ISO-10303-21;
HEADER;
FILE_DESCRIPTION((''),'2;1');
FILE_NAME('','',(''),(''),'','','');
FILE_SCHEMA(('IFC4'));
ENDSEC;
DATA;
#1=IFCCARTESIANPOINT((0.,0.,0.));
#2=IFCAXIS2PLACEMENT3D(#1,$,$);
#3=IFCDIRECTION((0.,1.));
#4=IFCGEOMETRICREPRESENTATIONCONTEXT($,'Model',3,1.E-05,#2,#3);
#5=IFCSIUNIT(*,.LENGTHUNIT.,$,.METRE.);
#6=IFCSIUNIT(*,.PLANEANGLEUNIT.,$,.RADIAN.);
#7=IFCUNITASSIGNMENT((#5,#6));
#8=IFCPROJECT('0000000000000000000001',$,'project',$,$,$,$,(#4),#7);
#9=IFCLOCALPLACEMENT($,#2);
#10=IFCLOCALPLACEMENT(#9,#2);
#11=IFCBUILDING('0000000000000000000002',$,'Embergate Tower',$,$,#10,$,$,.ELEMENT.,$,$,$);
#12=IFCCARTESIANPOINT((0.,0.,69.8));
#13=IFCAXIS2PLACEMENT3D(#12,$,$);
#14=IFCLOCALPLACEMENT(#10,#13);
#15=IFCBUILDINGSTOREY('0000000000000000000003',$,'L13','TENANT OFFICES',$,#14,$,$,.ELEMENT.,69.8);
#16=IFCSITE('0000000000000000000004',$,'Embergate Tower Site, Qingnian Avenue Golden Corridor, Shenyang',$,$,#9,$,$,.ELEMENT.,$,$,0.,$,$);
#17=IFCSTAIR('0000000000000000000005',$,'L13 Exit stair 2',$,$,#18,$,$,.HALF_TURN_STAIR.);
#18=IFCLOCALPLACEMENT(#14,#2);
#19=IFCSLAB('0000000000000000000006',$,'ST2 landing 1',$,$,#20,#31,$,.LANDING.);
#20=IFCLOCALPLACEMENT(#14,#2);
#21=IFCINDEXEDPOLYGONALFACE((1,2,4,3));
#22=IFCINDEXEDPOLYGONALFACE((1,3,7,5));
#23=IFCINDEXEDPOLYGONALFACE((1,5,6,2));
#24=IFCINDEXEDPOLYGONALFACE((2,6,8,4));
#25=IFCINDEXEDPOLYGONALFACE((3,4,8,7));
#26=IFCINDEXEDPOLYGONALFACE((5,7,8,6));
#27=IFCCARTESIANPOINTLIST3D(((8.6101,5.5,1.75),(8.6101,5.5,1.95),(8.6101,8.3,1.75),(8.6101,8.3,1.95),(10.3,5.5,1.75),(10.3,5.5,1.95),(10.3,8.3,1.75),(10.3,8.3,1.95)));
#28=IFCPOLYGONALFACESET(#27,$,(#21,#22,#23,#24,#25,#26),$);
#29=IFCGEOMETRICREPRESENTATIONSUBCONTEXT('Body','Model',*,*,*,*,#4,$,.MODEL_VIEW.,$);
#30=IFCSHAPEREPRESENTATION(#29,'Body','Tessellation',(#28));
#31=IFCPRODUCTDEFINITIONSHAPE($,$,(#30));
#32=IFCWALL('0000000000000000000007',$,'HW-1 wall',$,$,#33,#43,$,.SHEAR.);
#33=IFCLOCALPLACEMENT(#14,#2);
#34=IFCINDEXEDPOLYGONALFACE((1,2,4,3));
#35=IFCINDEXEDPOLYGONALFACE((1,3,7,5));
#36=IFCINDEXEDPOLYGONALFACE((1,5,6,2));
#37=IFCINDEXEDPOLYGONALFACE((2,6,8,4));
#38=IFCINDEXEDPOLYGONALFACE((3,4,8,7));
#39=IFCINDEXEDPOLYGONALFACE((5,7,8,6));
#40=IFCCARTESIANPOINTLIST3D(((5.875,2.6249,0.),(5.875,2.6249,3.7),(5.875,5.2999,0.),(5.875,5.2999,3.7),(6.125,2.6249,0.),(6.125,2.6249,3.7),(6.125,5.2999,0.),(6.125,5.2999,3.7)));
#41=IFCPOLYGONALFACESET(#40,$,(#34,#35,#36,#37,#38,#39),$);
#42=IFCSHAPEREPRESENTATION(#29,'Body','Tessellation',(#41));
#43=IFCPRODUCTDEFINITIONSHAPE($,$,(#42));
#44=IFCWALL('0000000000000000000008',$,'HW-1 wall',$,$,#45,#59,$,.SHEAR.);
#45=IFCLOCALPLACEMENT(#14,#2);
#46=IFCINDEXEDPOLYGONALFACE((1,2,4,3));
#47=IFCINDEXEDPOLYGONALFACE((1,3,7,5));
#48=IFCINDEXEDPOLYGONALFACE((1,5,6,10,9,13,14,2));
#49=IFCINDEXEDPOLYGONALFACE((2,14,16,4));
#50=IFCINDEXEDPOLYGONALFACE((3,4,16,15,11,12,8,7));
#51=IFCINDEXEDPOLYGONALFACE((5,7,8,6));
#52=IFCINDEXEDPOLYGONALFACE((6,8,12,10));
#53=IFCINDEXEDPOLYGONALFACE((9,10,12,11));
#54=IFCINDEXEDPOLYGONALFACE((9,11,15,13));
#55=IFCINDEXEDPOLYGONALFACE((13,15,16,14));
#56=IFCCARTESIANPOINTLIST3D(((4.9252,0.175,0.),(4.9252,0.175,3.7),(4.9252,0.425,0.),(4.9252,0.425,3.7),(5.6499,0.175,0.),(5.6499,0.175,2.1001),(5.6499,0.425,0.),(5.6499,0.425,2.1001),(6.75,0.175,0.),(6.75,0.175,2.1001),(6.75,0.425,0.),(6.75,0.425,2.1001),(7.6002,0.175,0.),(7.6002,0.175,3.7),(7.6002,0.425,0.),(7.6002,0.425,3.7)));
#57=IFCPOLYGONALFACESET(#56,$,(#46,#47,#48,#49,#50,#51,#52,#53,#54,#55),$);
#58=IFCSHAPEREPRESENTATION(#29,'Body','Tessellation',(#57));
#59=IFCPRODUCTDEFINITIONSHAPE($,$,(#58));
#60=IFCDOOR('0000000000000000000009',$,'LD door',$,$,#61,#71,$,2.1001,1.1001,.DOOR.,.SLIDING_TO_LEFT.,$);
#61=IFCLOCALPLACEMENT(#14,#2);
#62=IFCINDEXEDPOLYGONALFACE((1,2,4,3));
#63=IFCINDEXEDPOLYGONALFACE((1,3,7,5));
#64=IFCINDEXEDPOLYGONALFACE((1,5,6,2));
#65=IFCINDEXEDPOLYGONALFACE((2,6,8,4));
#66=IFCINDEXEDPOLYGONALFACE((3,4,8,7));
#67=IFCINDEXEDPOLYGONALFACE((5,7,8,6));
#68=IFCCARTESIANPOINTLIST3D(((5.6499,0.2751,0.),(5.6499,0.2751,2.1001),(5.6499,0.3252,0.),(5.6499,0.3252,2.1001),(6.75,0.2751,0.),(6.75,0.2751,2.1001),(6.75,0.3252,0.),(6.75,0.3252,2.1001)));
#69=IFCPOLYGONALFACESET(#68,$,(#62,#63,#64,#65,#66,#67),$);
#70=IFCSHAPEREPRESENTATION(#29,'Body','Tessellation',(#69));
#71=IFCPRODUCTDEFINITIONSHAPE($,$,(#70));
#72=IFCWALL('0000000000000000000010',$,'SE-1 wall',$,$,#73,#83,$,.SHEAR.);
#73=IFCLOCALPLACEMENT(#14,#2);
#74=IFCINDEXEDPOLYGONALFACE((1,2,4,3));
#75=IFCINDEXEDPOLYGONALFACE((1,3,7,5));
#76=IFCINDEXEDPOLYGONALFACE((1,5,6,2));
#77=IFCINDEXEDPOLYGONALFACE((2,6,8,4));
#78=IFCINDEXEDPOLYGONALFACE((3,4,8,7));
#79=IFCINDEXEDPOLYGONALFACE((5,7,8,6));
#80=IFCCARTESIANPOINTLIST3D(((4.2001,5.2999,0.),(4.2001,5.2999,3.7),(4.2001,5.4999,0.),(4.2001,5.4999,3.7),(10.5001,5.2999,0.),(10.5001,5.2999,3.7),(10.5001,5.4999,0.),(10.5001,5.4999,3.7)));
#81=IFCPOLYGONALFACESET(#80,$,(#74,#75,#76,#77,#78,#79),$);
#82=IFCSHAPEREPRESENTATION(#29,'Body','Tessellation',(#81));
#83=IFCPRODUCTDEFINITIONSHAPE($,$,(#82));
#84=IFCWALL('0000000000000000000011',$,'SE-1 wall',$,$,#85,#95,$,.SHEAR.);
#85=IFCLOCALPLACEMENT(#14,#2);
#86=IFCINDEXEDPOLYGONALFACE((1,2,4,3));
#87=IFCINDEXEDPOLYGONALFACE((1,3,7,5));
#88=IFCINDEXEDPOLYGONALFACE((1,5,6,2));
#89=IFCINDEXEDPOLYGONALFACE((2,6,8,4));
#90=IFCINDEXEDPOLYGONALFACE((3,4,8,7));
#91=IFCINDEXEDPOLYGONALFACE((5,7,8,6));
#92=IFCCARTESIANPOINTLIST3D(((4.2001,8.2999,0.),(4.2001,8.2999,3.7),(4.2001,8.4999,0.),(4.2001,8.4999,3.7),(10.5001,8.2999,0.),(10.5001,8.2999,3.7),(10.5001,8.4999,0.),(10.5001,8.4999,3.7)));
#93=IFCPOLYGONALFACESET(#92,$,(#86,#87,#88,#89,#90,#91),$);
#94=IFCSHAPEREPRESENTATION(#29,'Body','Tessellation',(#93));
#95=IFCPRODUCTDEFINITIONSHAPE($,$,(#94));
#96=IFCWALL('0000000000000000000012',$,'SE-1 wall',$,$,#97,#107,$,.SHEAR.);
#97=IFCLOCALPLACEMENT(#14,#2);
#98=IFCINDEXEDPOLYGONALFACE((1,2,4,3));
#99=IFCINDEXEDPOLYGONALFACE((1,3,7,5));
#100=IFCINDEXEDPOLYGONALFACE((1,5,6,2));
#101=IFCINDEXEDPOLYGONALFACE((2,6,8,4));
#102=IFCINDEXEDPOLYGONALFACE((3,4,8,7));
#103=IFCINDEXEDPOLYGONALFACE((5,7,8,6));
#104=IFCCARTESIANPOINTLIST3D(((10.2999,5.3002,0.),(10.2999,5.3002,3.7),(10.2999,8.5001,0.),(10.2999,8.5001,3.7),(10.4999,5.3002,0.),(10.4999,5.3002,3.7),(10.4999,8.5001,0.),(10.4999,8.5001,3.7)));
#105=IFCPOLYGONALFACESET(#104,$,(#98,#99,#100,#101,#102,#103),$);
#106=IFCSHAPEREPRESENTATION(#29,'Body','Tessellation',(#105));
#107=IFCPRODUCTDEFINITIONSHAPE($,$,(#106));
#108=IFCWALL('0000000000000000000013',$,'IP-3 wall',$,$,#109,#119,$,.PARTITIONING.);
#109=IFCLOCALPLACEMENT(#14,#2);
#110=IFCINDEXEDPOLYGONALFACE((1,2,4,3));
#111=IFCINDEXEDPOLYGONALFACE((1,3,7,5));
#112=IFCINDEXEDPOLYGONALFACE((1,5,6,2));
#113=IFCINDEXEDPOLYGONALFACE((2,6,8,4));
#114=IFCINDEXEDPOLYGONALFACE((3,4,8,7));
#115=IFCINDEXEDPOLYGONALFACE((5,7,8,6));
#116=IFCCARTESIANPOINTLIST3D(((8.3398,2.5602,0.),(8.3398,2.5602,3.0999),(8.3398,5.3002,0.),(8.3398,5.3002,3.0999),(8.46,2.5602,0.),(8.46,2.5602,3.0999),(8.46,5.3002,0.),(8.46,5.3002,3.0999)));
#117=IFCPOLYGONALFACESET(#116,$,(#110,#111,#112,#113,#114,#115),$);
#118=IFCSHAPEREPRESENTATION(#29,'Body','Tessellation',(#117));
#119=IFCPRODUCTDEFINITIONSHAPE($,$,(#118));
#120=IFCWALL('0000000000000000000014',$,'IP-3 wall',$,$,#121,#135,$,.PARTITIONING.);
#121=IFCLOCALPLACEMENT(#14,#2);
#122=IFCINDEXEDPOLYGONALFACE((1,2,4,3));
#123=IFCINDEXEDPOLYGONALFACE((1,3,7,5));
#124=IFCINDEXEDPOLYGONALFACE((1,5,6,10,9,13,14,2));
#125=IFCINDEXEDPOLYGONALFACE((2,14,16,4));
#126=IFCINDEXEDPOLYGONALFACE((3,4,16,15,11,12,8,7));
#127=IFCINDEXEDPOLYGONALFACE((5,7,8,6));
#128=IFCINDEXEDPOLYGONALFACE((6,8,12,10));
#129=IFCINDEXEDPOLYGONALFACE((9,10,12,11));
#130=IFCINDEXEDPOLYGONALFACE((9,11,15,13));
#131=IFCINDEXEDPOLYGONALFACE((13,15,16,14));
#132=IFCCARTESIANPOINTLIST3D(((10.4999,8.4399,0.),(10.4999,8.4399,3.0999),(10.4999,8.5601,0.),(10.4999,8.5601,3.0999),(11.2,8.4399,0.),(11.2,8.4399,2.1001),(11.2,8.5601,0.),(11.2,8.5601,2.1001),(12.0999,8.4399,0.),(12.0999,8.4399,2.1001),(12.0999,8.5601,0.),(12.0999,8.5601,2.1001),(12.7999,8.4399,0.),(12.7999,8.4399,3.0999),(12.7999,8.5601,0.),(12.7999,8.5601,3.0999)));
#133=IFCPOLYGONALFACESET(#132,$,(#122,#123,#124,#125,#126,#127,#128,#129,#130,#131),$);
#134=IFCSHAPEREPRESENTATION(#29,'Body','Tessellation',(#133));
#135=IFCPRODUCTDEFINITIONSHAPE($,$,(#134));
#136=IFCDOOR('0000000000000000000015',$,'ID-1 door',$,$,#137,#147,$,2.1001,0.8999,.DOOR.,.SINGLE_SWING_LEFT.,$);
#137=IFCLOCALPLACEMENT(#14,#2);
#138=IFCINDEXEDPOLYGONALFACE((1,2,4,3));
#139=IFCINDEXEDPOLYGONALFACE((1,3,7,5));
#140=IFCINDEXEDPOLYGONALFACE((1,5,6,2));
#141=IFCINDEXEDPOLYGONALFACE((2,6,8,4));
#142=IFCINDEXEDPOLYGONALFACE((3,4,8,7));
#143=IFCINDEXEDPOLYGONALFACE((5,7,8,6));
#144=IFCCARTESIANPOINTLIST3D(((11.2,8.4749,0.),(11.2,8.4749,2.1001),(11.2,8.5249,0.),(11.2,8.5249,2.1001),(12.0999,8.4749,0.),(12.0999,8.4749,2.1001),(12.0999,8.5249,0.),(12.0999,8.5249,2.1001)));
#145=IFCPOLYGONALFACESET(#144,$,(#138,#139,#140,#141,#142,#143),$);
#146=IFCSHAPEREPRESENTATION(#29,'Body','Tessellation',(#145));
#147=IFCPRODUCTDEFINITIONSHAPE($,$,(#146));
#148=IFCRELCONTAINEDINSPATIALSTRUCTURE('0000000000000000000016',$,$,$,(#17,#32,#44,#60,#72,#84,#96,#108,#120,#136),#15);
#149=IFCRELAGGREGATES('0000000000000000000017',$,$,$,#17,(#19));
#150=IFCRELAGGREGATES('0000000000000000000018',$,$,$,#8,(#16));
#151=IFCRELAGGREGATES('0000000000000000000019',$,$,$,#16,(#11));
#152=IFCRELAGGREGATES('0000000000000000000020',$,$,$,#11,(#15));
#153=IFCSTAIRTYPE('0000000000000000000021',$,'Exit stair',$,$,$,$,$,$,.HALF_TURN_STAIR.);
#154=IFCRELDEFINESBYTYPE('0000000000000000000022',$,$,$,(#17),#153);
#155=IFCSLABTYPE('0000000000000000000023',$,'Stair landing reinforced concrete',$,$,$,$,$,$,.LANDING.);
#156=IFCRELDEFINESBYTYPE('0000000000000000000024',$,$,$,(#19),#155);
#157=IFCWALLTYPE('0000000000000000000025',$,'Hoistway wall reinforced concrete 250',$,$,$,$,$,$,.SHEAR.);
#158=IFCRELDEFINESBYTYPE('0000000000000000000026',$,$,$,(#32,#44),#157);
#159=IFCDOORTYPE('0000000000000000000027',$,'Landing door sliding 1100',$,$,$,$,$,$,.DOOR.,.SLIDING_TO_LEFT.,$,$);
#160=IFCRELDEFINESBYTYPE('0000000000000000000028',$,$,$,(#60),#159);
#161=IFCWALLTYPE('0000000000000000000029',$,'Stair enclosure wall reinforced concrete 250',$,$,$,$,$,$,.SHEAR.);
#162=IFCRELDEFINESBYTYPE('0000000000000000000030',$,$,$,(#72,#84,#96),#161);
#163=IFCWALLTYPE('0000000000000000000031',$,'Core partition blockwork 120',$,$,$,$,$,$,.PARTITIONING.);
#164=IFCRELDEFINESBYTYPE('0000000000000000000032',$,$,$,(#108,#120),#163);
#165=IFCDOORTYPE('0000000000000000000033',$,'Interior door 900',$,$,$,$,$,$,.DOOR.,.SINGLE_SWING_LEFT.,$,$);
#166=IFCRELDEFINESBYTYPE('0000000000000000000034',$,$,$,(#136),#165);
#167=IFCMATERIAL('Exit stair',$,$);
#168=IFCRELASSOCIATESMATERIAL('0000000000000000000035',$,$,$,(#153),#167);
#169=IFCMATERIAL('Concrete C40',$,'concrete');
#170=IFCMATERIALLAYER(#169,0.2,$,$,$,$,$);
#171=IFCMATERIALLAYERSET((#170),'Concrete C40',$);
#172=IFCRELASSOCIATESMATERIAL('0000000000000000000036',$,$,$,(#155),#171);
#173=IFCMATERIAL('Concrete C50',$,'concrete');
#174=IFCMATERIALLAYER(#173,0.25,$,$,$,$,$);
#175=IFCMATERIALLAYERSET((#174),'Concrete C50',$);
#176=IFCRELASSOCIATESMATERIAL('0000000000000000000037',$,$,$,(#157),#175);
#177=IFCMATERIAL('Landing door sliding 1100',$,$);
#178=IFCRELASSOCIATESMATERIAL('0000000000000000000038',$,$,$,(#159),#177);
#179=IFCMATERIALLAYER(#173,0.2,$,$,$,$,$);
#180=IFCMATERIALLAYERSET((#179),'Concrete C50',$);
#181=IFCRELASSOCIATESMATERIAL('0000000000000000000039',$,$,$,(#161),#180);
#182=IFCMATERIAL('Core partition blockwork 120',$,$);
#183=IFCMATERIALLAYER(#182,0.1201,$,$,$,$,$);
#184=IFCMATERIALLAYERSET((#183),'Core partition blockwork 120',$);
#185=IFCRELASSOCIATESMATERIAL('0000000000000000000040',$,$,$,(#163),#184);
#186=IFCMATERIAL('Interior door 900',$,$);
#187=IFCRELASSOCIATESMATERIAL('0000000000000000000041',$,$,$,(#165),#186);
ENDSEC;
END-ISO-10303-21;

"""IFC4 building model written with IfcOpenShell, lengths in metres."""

from ifc_helpers import new_model, si_unit, direction, frame, frame_2d, origin, place, context, subcontext, project, spatial, polyline, rectangle, outline, extrude, source, transform, mapped, material, layer, layer_set, type_object, element, fill, aggregate, save


model = new_model("IFC4")

# Units and contexts
model_context = context("Model", 3, precision=1e-05, world=origin(), true_north=direction((0.0, 1.0)))
body_context = subcontext(model_context, "Body", "Model", "MODEL_VIEW")
ifc_project = project(units=[si_unit("LENGTHUNIT", "METRE"), si_unit("PLANEANGLEUNIT", "RADIAN")], contexts=[model_context])

# Site, building, storey
site_placement = place(None, origin())
site = spatial("IfcSite", under=ifc_project, at=site_placement, Name="Embergate Tower Site, Qingnian Avenue Golden Corridor, Shenyang", CompositionType="ELEMENT", RefElevation=0.0)
building_placement = place(site_placement, origin())
building = spatial("IfcBuilding", under=site, at=building_placement, Name="Embergate Tower", CompositionType="ELEMENT")
storey_placement = place(building_placement, frame((0.0, 0.0, 69.8)))
storey = spatial("IfcBuildingStorey", under=building, at=storey_placement, Name="L13", Description="TENANT OFFICES", CompositionType="ELEMENT", Elevation=69.8)

# Stair, slab
ifc_material_1 = material(Name="Exit stair")
stair_type = type_object("IfcStairType", Name="Exit stair", PredefinedType="HALF_TURN_STAIR", material=ifc_material_1)
stair_placement = place(storey_placement, origin())
stair = element("IfcStair", 1, at=stair_placement, inside=storey, type_object=stair_type, Name="L13 Exit stair 2", PredefinedType="HALF_TURN_STAIR")
ifc_material_2 = material(Name="Concrete C40", Category="concrete")
ifc_layer_1 = layer(ifc_material_2, 0.2)
ifc_layer_set_1 = layer_set([ifc_layer_1], Name="Concrete C40")
slab_type = type_object("IfcSlabType", Name="Stair landing reinforced concrete", PredefinedType="LANDING", material=ifc_layer_set_1)
shared_shape_1 = source(origin(), body_context, "Body", "SweptSolid", [
    extrude(outline(polyline([(0.0, 0.0), (1.6899, 0.0), (1.6899, 2.8), (0.0, 2.8), (0.0, 0.0)])), origin(), (0.0, 0.0, 1.0), 0.2),
])
slab_placement = place(storey_placement, frame((8.6101, 5.5, 1.75)))
slab = element("IfcSlab", 2, at=slab_placement, type_object=slab_type, Name="ST2 landing 1", PredefinedType="LANDING", context=body_context, shape_type="MappedRepresentation", body=[
    mapped(shared_shape_1, transform((0.0, 0.0, 0.0))),
])

# Wall
ifc_material_3 = material(Name="Concrete C50", Category="concrete")
ifc_layer_2 = layer(ifc_material_3, 0.25)
ifc_layer_set_2 = layer_set([ifc_layer_2], Name="Concrete C50")
wall_type_1 = type_object("IfcWallType", Name="Hoistway wall reinforced concrete 250", PredefinedType="SHEAR", material=ifc_layer_set_2)
shared_shape_2 = source(origin(), body_context, "Body", "SweptSolid", [
    extrude(rectangle(XDim=2.675, YDim=0.25, at=frame_2d((1.3374, 0.0))), origin(), (0.0, 0.0, 1.0), 3.7),
])
wall_1_placement = place(storey_placement, frame((6.0, 2.625, 0.0), z_axis=(0.0, 0.0, 1.0), x_axis=(0.0, 1.0, 0.0)))
element("IfcWall", 3, at=wall_1_placement, inside=storey, type_object=wall_type_1, Name="HW-1 wall", PredefinedType="SHEAR", context=body_context, shape_type="MappedRepresentation", body=[
    mapped(shared_shape_2, transform((0.0, 0.0, 0.0))),
])

# Wall, opening, door
wall_2_placement = place(storey_placement, frame((7.6001, 0.3, 0.0), z_axis=(0.0, 0.0, 1.0), x_axis=(-1.0, 0.0, 0.0)))
wall_2 = element("IfcWall", 4, at=wall_2_placement, inside=storey, type_object=wall_type_1, Name="HW-1 wall", PredefinedType="SHEAR", context=body_context, shape_type="MappedRepresentation", body=[
    mapped(shared_shape_2, transform((0.0, 0.0, 0.0))),
])
shared_shape_3 = source(origin(), body_context, "Body", "SweptSolid", [
    extrude(rectangle(XDim=1.1001, YDim=2.1001, at=frame_2d((0.55, 1.05))), frame((0.0, 0.135, 0.0), z_axis=(0.0, -1.0, 0.0), x_axis=(1.0, 0.0, 0.0)), (0.0, 0.0, 1.0), 0.27),
])
opening_1_placement = place(wall_2_placement, frame((0.8501, 0.0, 0.0)))
opening_1 = element("IfcOpeningElement", 5, at=opening_1_placement, cuts=wall_2, PredefinedType="OPENING", context=body_context, shape_type="MappedRepresentation", body=[
    mapped(shared_shape_3, transform((0.0, 0.0, 0.0))),
])
ifc_material_4 = material(Name="Landing door sliding 1100")
door_type_1 = type_object("IfcDoorType", Name="Landing door sliding 1100", OperationType="SLIDING_TO_LEFT", PredefinedType="DOOR", material=ifc_material_4)
shared_shape_4 = source(origin(), body_context, "Body", "SweptSolid", [
    extrude(rectangle(XDim=1.1001, YDim=2.1001, at=frame_2d((0.55, 1.05))), frame((0.0, 0.0249, 0.0), z_axis=(0.0, -1.0, 0.0), x_axis=(1.0, 0.0, 0.0)), (0.0, 0.0, 1.0), 0.05),
])
door_1_placement = place(opening_1_placement, origin())
door_1 = element("IfcDoor", 6, at=door_1_placement, inside=storey, type_object=door_type_1, Name="LD door", OperationType="SLIDING_TO_LEFT", OverallHeight=2.1001, OverallWidth=1.1001, PredefinedType="DOOR", context=body_context, shape_type="MappedRepresentation", body=[
    mapped(shared_shape_4, transform((0.0, 0.0, 0.0))),
])
fill(opening_1, door_1)

# Walls
ifc_layer_3 = layer(ifc_material_3, 0.2)
ifc_layer_set_3 = layer_set([ifc_layer_3], Name="Concrete C50")
wall_type_2 = type_object("IfcWallType", Name="Stair enclosure wall reinforced concrete 250", PredefinedType="SHEAR", material=ifc_layer_set_3)
shared_shape_5 = source(origin(), body_context, "Body", "SweptSolid", [
    extrude(rectangle(XDim=6.3, YDim=0.2, at=frame_2d((3.1499, 0.0))), origin(), (0.0, 0.0, 1.0), 3.7),
])
for number, where, z_axis, x_axis, name in (
    (7, (10.5, 5.3999, 0.0), (0.0, 0.0, 1.0), (-1.0, 0.0, 0.0), "SE-1 wall"),
    (8, (10.5, 8.3999, 0.0), (0.0, 0.0, 1.0), (-1.0, 0.0, 0.0), "SE-1 wall"),
):
    element("IfcWall", number, at=place(storey_placement, frame(where, z_axis=z_axis, x_axis=x_axis)), inside=storey, type_object=wall_type_2, Name=name, PredefinedType="SHEAR", context=body_context, shape_type="MappedRepresentation", body=[
        mapped(shared_shape_5, transform((0.0, 0.0, 0.0))),
    ])
shared_shape_6 = source(origin(), body_context, "Body", "SweptSolid", [
    extrude(rectangle(XDim=3.2, YDim=0.2, at=frame_2d((1.6001, 0.0))), origin(), (0.0, 0.0, 1.0), 3.7),
])
wall_3_placement = place(storey_placement, frame((10.3999, 5.3, 0.0), z_axis=(0.0, 0.0, 1.0), x_axis=(0.0, 1.0, 0.0)))
element("IfcWall", 9, at=wall_3_placement, inside=storey, type_object=wall_type_2, Name="SE-1 wall", PredefinedType="SHEAR", context=body_context, shape_type="MappedRepresentation", body=[
    mapped(shared_shape_6, transform((0.0, 0.0, 0.0))),
])
ifc_material_5 = material(Name="Core partition blockwork 120")
ifc_layer_4 = layer(ifc_material_5, 0.1201)
ifc_layer_set_4 = layer_set([ifc_layer_4], Name="Core partition blockwork 120")
wall_type_3 = type_object("IfcWallType", Name="Core partition blockwork 120", PredefinedType="PARTITIONING", material=ifc_layer_set_4)
shared_shape_7 = source(origin(), body_context, "Body", "SweptSolid", [
    extrude(rectangle(XDim=2.74, YDim=0.1201, at=frame_2d((1.3701, 0.0))), origin(), (0.0, 0.0, 1.0), 3.0999),
])
wall_4_placement = place(storey_placement, frame((8.3999, 2.5601, 0.0), z_axis=(0.0, 0.0, 1.0), x_axis=(0.0, 1.0, 0.0)))
element("IfcWall", 10, at=wall_4_placement, inside=storey, type_object=wall_type_3, Name="IP-3 wall", PredefinedType="PARTITIONING", context=body_context, shape_type="MappedRepresentation", body=[
    mapped(shared_shape_7, transform((0.0, 0.0, 0.0))),
])

# Wall, opening, door
shared_shape_8 = source(origin(), body_context, "Body", "SweptSolid", [
    extrude(rectangle(XDim=2.3, YDim=0.1201, at=frame_2d((1.1499, 0.0))), origin(), (0.0, 0.0, 1.0), 3.0999),
])
wall_5_placement = place(storey_placement, frame((10.5, 8.5, 0.0), z_axis=(0.0, 0.0, 1.0), x_axis=(1.0, 0.0, 0.0)))
wall_5 = element("IfcWall", 11, at=wall_5_placement, inside=storey, type_object=wall_type_3, Name="IP-3 wall", PredefinedType="PARTITIONING", context=body_context, shape_type="MappedRepresentation", body=[
    mapped(shared_shape_8, transform((0.0, 0.0, 0.0))),
])
shared_shape_9 = source(origin(), body_context, "Body", "SweptSolid", [
    extrude(rectangle(XDim=0.8999, YDim=2.1001, at=frame_2d((0.45, 1.05))), frame((0.0, 0.0701, 0.0), z_axis=(0.0, -1.0, 0.0), x_axis=(1.0, 0.0, 0.0)), (0.0, 0.0, 1.0), 0.1401),
])
opening_2_placement = place(wall_5_placement, frame((0.7, 0.0, 0.0)))
opening_2 = element("IfcOpeningElement", 12, at=opening_2_placement, cuts=wall_5, PredefinedType="OPENING", context=body_context, shape_type="MappedRepresentation", body=[
    mapped(shared_shape_9, transform((0.0, 0.0, 0.0))),
])
ifc_material_6 = material(Name="Interior door 900")
door_type_2 = type_object("IfcDoorType", Name="Interior door 900", OperationType="SINGLE_SWING_LEFT", PredefinedType="DOOR", material=ifc_material_6)
shared_shape_10 = source(origin(), body_context, "Body", "SweptSolid", [
    extrude(rectangle(XDim=0.8999, YDim=2.1001, at=frame_2d((0.45, 1.05))), frame((0.0, 0.0249, 0.0), z_axis=(0.0, -1.0, 0.0), x_axis=(1.0, 0.0, 0.0)), (0.0, 0.0, 1.0), 0.05),
])
door_2_placement = place(opening_2_placement, origin())
door_2 = element("IfcDoor", 13, at=door_2_placement, inside=storey, type_object=door_type_2, Name="ID-1 door", OperationType="SINGLE_SWING_LEFT", OverallHeight=2.1001, OverallWidth=0.8999, PredefinedType="DOOR", context=body_context, shape_type="MappedRepresentation", body=[
    mapped(shared_shape_10, transform((0.0, 0.0, 0.0))),
])
fill(opening_2, door_2)

aggregate(stair, [slab])

save(model, "model.ifc")
